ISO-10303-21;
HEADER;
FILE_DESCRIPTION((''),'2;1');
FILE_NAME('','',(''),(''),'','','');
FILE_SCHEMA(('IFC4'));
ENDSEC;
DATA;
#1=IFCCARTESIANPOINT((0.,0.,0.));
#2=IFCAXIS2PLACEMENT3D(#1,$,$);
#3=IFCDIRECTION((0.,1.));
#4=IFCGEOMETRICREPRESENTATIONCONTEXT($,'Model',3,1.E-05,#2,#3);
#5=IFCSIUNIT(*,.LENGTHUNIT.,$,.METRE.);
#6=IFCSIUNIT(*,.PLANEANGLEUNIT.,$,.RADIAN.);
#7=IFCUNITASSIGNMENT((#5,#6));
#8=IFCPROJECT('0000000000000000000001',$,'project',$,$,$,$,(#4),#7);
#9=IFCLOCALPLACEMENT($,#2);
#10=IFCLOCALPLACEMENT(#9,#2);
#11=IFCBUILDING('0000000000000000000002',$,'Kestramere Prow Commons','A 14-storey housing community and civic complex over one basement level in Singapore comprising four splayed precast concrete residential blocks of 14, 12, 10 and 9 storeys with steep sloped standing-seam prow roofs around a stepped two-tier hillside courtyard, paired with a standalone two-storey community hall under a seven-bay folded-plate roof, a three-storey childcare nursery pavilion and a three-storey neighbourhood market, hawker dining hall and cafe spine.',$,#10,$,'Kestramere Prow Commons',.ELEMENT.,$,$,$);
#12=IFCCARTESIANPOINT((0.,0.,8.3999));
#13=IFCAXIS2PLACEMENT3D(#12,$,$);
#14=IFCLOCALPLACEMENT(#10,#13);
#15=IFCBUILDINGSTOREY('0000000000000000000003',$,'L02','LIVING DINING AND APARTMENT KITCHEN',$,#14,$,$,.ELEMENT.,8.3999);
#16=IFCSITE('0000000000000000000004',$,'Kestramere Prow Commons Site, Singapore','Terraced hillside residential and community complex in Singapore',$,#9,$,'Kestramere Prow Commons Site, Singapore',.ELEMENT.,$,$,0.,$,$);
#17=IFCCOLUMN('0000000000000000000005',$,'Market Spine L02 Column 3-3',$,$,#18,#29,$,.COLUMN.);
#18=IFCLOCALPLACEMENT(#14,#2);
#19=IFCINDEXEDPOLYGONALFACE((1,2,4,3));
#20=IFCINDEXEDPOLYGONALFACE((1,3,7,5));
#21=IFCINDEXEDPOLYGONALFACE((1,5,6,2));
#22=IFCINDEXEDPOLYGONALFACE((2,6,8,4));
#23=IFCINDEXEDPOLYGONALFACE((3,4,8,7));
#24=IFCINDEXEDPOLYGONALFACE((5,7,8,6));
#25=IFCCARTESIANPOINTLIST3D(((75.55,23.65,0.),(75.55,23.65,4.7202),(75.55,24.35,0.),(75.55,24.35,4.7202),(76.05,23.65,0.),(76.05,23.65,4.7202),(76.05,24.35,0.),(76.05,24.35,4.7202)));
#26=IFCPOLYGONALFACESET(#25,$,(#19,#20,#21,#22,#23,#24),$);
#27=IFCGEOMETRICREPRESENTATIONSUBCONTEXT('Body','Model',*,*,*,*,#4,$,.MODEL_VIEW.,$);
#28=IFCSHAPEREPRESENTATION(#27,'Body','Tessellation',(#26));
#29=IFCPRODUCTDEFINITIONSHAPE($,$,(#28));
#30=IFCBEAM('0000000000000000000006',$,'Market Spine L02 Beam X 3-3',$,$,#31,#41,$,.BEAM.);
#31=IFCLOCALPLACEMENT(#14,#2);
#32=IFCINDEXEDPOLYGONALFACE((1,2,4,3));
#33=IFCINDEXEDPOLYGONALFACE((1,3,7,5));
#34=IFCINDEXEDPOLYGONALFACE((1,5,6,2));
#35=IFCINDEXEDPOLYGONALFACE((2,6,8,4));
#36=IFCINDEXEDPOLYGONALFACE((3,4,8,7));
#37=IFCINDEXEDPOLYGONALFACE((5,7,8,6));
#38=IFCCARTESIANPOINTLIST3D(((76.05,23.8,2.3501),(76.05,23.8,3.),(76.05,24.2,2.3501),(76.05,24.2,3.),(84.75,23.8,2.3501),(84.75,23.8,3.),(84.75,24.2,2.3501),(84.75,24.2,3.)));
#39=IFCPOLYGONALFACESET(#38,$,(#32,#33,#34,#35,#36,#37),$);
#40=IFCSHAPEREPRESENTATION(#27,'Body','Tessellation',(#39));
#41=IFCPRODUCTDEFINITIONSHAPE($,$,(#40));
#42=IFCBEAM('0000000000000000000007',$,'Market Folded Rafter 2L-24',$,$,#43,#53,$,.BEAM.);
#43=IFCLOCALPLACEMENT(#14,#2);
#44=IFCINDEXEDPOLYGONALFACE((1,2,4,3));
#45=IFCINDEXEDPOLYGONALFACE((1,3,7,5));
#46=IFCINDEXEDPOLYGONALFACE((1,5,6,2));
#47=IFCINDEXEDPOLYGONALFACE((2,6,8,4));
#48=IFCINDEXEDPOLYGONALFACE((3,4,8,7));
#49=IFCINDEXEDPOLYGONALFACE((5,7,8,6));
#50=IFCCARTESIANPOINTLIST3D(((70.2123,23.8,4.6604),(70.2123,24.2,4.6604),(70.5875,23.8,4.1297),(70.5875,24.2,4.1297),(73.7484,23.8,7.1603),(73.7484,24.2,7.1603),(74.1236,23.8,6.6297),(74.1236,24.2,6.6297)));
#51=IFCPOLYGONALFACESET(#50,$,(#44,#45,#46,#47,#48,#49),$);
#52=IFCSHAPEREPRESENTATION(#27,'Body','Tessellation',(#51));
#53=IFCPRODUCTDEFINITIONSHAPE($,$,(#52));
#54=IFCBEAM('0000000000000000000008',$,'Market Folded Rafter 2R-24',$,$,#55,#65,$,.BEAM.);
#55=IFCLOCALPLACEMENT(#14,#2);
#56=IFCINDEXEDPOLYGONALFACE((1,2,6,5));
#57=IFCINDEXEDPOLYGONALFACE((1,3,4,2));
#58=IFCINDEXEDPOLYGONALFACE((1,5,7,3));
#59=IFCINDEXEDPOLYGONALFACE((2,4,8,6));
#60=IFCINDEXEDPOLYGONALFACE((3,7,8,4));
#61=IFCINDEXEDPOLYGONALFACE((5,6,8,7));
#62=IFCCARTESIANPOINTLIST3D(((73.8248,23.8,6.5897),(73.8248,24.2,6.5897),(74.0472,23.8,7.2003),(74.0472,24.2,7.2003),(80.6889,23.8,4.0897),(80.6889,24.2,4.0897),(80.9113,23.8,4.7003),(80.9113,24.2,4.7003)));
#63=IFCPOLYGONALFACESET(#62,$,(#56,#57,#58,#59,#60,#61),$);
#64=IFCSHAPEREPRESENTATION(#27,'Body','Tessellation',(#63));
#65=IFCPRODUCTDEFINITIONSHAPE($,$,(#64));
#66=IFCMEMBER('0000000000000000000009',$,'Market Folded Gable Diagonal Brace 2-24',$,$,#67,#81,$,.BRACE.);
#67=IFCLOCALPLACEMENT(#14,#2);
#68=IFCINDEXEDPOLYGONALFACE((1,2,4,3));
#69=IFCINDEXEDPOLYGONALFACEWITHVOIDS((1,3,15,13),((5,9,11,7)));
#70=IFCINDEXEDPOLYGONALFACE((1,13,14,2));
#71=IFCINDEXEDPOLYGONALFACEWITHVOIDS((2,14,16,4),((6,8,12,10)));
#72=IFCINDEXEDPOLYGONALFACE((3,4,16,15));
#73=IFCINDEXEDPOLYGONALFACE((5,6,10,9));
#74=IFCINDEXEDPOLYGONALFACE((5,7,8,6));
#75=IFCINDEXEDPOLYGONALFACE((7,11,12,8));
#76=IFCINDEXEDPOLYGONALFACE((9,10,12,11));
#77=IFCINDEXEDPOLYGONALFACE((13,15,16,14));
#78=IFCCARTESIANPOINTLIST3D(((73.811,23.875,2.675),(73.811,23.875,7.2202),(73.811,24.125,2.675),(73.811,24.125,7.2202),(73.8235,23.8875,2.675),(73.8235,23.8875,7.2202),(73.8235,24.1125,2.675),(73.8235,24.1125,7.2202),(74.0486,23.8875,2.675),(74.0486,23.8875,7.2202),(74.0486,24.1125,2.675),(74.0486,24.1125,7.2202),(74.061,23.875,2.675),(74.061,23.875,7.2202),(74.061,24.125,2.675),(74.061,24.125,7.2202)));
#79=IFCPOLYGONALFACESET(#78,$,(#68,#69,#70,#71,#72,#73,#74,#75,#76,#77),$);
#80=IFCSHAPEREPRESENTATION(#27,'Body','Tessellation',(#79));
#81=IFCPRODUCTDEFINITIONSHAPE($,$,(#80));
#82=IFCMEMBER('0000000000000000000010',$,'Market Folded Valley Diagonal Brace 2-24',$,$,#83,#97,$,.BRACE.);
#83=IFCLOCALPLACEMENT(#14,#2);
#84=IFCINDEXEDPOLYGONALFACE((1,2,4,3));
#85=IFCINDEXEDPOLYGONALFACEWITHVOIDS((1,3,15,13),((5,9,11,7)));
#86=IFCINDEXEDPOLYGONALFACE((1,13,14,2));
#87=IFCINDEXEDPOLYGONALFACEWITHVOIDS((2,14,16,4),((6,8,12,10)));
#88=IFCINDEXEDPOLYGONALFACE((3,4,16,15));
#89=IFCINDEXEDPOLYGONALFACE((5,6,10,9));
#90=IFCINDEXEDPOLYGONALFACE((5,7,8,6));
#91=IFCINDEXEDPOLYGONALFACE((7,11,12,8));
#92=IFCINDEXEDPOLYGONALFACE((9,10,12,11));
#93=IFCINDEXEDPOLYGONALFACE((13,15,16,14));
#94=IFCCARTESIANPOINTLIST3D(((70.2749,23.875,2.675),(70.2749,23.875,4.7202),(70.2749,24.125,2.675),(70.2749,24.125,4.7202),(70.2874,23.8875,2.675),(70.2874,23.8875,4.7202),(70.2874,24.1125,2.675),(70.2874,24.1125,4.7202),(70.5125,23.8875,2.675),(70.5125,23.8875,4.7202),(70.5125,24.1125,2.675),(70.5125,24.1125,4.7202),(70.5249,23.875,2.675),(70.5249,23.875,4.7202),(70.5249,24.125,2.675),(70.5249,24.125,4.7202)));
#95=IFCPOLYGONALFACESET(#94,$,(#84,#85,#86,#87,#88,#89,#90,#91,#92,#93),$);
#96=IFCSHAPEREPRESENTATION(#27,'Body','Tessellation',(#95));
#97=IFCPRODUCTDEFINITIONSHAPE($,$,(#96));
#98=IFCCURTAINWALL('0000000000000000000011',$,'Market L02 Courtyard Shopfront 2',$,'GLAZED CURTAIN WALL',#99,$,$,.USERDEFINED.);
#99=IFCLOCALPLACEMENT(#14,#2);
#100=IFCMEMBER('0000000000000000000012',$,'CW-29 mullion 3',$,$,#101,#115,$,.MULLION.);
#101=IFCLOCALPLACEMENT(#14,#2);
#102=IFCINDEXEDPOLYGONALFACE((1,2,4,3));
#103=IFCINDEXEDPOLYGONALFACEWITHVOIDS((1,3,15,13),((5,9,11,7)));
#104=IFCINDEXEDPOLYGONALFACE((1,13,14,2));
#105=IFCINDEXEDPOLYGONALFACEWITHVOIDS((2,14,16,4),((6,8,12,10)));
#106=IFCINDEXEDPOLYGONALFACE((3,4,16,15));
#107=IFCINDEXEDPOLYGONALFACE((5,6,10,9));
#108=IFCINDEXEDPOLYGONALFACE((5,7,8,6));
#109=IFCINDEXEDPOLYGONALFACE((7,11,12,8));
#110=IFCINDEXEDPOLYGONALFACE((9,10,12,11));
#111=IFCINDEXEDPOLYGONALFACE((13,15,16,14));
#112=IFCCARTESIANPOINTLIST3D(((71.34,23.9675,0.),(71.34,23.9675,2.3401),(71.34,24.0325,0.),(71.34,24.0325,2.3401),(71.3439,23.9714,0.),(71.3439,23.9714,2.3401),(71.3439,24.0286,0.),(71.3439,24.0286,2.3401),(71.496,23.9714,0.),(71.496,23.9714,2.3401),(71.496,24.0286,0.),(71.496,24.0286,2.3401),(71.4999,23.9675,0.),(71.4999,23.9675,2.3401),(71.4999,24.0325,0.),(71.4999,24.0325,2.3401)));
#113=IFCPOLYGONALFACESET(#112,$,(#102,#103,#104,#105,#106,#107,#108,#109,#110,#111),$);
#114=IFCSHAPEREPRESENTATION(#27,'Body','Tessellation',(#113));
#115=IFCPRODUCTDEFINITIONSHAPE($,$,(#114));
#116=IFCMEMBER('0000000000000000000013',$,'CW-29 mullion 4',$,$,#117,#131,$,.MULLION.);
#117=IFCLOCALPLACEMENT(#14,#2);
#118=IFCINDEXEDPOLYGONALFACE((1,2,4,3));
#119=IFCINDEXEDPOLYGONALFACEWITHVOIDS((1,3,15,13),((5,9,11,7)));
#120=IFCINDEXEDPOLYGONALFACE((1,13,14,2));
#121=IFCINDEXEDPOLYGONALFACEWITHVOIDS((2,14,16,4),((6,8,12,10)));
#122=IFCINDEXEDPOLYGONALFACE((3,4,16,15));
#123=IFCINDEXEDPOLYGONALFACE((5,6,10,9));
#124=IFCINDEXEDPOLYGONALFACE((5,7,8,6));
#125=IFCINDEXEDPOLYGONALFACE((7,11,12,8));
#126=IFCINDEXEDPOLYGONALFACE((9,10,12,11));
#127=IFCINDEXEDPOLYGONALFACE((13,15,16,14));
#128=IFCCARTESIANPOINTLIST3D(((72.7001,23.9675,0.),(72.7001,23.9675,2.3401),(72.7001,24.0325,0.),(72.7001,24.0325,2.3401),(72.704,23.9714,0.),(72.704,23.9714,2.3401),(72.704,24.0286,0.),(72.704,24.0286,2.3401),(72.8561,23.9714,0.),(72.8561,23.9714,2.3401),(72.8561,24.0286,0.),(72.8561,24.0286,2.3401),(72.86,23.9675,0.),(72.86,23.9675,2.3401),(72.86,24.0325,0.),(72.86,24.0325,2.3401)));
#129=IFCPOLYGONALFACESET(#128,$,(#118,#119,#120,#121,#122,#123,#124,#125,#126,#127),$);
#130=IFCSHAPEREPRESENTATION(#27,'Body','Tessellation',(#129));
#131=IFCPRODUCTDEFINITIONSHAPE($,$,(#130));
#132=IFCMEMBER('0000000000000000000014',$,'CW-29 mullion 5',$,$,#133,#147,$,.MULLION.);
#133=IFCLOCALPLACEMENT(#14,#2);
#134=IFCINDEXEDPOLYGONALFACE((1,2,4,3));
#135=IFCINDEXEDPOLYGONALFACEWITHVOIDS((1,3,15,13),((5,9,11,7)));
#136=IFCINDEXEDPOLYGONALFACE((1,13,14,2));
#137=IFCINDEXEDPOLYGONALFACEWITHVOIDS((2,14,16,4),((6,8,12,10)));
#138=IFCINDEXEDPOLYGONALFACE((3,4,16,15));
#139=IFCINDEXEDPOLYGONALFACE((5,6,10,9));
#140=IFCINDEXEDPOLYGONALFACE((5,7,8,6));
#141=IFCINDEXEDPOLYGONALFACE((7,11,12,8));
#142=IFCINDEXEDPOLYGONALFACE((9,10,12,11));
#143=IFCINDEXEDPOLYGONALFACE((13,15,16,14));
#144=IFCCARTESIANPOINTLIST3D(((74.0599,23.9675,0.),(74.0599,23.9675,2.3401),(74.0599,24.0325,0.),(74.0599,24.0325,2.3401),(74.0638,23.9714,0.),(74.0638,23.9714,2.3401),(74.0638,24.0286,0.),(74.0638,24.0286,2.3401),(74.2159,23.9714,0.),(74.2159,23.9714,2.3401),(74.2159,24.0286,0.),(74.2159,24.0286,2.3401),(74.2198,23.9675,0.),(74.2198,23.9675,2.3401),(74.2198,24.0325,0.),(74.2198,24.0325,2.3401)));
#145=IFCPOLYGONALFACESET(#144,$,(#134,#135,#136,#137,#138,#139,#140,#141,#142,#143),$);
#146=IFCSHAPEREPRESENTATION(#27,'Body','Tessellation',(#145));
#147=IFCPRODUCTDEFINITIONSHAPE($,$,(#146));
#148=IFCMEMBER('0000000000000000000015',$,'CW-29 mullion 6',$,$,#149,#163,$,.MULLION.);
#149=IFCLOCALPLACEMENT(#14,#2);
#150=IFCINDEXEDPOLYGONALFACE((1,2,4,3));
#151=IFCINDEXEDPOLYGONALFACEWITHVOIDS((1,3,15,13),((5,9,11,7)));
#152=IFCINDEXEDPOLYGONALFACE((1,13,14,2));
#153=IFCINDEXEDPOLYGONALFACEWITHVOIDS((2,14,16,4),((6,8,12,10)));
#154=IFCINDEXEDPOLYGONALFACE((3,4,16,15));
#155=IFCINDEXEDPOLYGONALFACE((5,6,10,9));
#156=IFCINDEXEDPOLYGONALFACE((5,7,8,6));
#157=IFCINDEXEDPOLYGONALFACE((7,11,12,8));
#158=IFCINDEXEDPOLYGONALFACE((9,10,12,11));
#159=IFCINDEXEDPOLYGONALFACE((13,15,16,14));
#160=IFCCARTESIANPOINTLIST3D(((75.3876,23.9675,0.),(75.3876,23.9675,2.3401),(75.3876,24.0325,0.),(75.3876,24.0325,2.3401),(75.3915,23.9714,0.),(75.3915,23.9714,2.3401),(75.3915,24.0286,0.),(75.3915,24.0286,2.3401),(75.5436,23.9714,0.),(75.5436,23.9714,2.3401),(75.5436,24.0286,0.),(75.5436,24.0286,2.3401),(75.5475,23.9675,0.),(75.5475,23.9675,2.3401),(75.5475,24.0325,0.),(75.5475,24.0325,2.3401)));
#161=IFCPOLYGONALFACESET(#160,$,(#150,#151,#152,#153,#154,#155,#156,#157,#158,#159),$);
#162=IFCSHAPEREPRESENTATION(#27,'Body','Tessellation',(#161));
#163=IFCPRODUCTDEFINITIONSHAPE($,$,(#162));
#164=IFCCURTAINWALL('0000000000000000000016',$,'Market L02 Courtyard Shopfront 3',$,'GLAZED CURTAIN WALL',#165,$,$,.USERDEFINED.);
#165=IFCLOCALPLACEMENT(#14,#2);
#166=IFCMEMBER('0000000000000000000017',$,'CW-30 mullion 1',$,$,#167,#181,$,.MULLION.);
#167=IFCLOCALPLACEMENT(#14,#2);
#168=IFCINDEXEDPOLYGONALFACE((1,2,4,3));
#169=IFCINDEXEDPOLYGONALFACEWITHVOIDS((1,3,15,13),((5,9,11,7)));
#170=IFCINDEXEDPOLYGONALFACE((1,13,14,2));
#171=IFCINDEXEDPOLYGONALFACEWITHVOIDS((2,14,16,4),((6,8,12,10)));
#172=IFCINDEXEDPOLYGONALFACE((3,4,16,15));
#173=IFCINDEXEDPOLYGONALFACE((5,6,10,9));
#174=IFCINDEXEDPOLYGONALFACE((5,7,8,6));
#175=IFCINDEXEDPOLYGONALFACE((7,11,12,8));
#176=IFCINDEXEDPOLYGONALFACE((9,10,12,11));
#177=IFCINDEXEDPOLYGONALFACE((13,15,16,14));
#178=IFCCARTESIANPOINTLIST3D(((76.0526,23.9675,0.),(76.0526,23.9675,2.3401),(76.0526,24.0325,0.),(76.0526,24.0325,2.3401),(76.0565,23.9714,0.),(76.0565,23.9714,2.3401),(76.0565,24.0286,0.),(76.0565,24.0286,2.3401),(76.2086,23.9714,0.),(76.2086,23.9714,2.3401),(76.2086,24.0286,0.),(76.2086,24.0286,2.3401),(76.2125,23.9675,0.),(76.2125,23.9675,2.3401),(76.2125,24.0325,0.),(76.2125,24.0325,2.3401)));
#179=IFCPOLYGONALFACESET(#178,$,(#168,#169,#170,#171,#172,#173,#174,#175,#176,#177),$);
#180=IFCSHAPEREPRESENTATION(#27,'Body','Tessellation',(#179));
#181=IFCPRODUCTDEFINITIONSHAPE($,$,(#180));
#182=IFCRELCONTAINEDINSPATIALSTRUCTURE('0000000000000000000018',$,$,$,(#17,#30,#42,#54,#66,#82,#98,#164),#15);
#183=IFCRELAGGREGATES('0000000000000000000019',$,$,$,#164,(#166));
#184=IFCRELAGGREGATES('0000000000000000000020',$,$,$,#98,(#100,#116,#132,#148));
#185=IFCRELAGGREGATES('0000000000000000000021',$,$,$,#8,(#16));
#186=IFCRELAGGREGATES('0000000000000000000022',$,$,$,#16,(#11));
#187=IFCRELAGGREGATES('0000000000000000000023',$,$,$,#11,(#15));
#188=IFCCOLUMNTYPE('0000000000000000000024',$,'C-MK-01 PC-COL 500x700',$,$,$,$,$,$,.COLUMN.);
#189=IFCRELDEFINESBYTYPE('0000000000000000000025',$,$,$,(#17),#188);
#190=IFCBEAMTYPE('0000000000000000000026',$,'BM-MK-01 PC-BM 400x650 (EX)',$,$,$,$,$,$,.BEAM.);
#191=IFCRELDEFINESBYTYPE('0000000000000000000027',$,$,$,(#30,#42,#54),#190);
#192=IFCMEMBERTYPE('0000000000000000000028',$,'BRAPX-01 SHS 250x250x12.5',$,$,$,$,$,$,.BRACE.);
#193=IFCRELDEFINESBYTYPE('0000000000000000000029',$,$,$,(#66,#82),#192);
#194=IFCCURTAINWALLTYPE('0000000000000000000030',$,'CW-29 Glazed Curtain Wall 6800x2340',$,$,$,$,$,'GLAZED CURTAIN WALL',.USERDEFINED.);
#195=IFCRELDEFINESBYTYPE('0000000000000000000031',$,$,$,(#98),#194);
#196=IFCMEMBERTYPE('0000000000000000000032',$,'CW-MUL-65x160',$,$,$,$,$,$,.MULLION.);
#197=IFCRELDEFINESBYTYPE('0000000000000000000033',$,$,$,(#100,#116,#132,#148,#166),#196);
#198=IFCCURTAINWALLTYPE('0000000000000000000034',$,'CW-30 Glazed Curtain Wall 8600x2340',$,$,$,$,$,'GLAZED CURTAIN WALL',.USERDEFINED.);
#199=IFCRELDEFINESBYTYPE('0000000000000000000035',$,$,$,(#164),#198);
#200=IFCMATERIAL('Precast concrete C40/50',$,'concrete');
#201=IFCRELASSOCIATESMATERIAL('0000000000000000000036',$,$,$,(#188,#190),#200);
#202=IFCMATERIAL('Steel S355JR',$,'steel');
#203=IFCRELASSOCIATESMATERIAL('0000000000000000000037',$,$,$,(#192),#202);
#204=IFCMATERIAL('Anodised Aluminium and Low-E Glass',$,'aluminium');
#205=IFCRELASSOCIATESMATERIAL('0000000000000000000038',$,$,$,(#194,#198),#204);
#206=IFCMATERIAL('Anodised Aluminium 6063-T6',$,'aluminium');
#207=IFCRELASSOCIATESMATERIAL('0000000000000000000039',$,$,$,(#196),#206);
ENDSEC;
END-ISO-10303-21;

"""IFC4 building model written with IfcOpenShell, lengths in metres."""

from ifc_helpers import new_model, si_unit, direction, frame, origin, origin_2d, place, context, subcontext, project, spatial, rectangle, hollow_rectangle, extrude, material, material_profile, profile_set, type_object, element, aggregate, save


model = new_model("IFC4")

# Units and contexts
model_context = context("Model", 3, precision=1e-05, world=origin(), true_north=direction((0.0, 1.0)))
body_context = subcontext(model_context, "Body", "Model", "MODEL_VIEW")
ifc_project = project(units=[si_unit("LENGTHUNIT", "METRE"), si_unit("PLANEANGLEUNIT", "RADIAN")], contexts=[model_context])

# Site, building, storey
site_placement = place(None, origin())
site = spatial("IfcSite", under=ifc_project, at=site_placement, Name="Kestramere Prow Commons Site, Singapore", Description="Terraced hillside residential and community complex in Singapore", LongName="Kestramere Prow Commons Site, Singapore", CompositionType="ELEMENT", RefElevation=0.0)
building_placement = place(site_placement, origin())
building = spatial("IfcBuilding", under=site, at=building_placement, Name="Kestramere Prow Commons", Description="A 14-storey housing community and civic complex over one basement level in Singapore comprising four splayed precast concrete residential blocks of 14, 12, 10 and 9 storeys with steep sloped standing-seam prow roofs around a stepped two-tier hillside courtyard, paired with a standalone two-storey community hall under a seven-bay folded-plate roof, a three-storey childcare nursery pavilion and a three-storey neighbourhood market, hawker dining hall and cafe spine.", LongName="Kestramere Prow Commons", CompositionType="ELEMENT")
storey_placement = place(building_placement, frame((0.0, 0.0, 8.3999)))
storey = spatial("IfcBuildingStorey", under=building, at=storey_placement, Name="L02", Description="LIVING DINING AND APARTMENT KITCHEN", CompositionType="ELEMENT", Elevation=8.3999)

# Column
ifc_material_1 = material(Name="Precast concrete C40/50", Category="concrete")
ifc_material_profile_1 = material_profile(ifc_material_1, rectangle(XDim=0.5, YDim=0.7, at=origin_2d()), Name="PC-COL 500x700")
ifc_profile_set_1 = profile_set([ifc_material_profile_1], Name="Precast concrete C40/50")
column_type = type_object("IfcColumnType", Name="C-MK-01 PC-COL 500x700", PredefinedType="COLUMN", material=ifc_profile_set_1)
column_placement = place(storey_placement, frame((75.8, 24.0, 0.0), z_axis=(0.0, 0.0, 1.0), x_axis=(1.0, 0.0, 0.0)))
element("IfcColumn", 1, at=column_placement, inside=storey, type_object=column_type, Name="Market Spine L02 Column 3-3", PredefinedType="COLUMN", context=body_context, shape_type="SweptSolid", body=[
    extrude(rectangle(XDim=0.5, YDim=0.7, at=origin_2d()), origin(), (0.0, 0.0, 1.0), 4.7202),
])

# Beams
ifc_material_profile_2 = material_profile(ifc_material_1, rectangle(XDim=0.3999, YDim=0.6499, at=origin_2d()), Name="PC-BM 400x650")
ifc_profile_set_2 = profile_set([ifc_material_profile_2], Name="Precast concrete C40/50")
beam_type = type_object("IfcBeamType", Name="BM-MK-01 PC-BM 400x650 (EX)", PredefinedType="BEAM", material=ifc_profile_set_2)
beam_1_placement = place(storey_placement, frame((76.05, 24.0, 2.675), z_axis=(1.0, 0.0, 0.0), x_axis=(0.0, 1.0, 0.0)))
element("IfcBeam", 2, at=beam_1_placement, inside=storey, type_object=beam_type, Name="Market Spine L02 Beam X 3-3", PredefinedType="BEAM", context=body_context, shape_type="SweptSolid", body=[
    extrude(rectangle(XDim=0.3999, YDim=0.6499, at=origin_2d()), origin(), (0.0, 0.0, 1.0), 8.7),
])
beam_2_placement = place(storey_placement, frame((70.3999, 24.0, 4.395), z_axis=(0.816543, 0.0, 0.577285), x_axis=(0.0, 1.0, 0.0)))
element("IfcBeam", 3, at=beam_2_placement, inside=storey, type_object=beam_type, Name="Market Folded Rafter 2L-24", PredefinedType="BEAM", context=body_context, shape_type="SweptSolid", body=[
    extrude(rectangle(XDim=0.3999, YDim=0.6499, at=origin_2d()), origin(), (0.0, 0.0, 1.0), 4.3306),
])
beam_3_placement = place(storey_placement, frame((73.936, 24.0, 6.895), z_axis=(0.939618, 0.0, -0.342226), x_axis=(0.0, 1.0, 0.0)))
element("IfcBeam", 4, at=beam_3_placement, inside=storey, type_object=beam_type, Name="Market Folded Rafter 2R-24", PredefinedType="BEAM", context=body_context, shape_type="SweptSolid", body=[
    extrude(rectangle(XDim=0.3999, YDim=0.6499, at=origin_2d()), origin(), (0.0, 0.0, 1.0), 7.3052),
])

# Members
ifc_material_2 = material(Name="Steel S355JR", Category="steel")
ifc_material_profile_3 = material_profile(ifc_material_2, hollow_rectangle(XDim=0.25, YDim=0.25, WallThickness=0.0125, at=origin_2d()), Name="SHS 250x250x12.5")
ifc_profile_set_3 = profile_set([ifc_material_profile_3], Name="Steel S355JR")
member_type_1 = type_object("IfcMemberType", Name="BRAPX-01 SHS 250x250x12.5", PredefinedType="BRACE", material=ifc_profile_set_3)
member_1_placement = place(storey_placement, frame((73.936, 24.0, 2.675), z_axis=(0.0, 0.0, 1.0), x_axis=(1.0, 0.0, 0.0)))
element("IfcMember", 5, at=member_1_placement, inside=storey, type_object=member_type_1, Name="Market Folded Gable Diagonal Brace 2-24", PredefinedType="BRACE", context=body_context, shape_type="SweptSolid", body=[
    extrude(hollow_rectangle(XDim=0.25, YDim=0.25, WallThickness=0.0125, at=origin_2d()), origin(), (0.0, 0.0, 1.0), 4.5452),
])
member_2_placement = place(storey_placement, frame((70.3999, 24.0, 2.675), z_axis=(0.0, 0.0, 1.0), x_axis=(1.0, 0.0, 0.0)))
element("IfcMember", 6, at=member_2_placement, inside=storey, type_object=member_type_1, Name="Market Folded Valley Diagonal Brace 2-24", PredefinedType="BRACE", context=body_context, shape_type="SweptSolid", body=[
    extrude(hollow_rectangle(XDim=0.25, YDim=0.25, WallThickness=0.0125, at=origin_2d()), origin(), (0.0, 0.0, 1.0), 2.0452),
])

# Curtain wall, members
ifc_material_3 = material(Name="Anodised Aluminium and Low-E Glass", Category="aluminium")
curtain_wall_type_1 = type_object("IfcCurtainWallType", Name="CW-29 Glazed Curtain Wall 6800x2340", ElementType="GLAZED CURTAIN WALL", PredefinedType="USERDEFINED", material=ifc_material_3)
curtain_wall_1_placement = place(storey_placement, origin())
curtain_wall_1 = element("IfcCurtainWall", 7, at=curtain_wall_1_placement, inside=storey, type_object=curtain_wall_type_1, Name="Market L02 Courtyard Shopfront 2", ObjectType="GLAZED CURTAIN WALL", PredefinedType="USERDEFINED")
ifc_material_4 = material(Name="Anodised Aluminium 6063-T6", Category="aluminium")
ifc_material_profile_4 = material_profile(ifc_material_4, hollow_rectangle(XDim=0.0649, YDim=0.1599, WallThickness=0.0039, at=origin_2d()), Name="ALU-MUL 65x160")
ifc_profile_set_4 = profile_set([ifc_material_profile_4], Name="Anodised Aluminium 6063-T6")
member_type_2 = type_object("IfcMemberType", Name="CW-MUL-65x160", PredefinedType="MULLION", material=ifc_profile_set_4)
member_3_placement = place(storey_placement, frame((71.4199, 24.0, 0.0), z_axis=(0.0, 0.0, 1.0), x_axis=(0.0, 1.0, 0.0)))
member_3 = element("IfcMember", 8, at=member_3_placement, type_object=member_type_2, Name="CW-29 mullion 3", PredefinedType="MULLION", context=body_context, shape_type="SweptSolid", body=[
    extrude(hollow_rectangle(XDim=0.0649, YDim=0.1599, WallThickness=0.0039, at=origin_2d()), origin(), (0.0, 0.0, 1.0), 2.3401),
])
member_4_placement = place(storey_placement, frame((72.78, 24.0, 0.0), z_axis=(0.0, 0.0, 1.0), x_axis=(0.0, 1.0, 0.0)))
member_4 = element("IfcMember", 9, at=member_4_placement, type_object=member_type_2, Name="CW-29 mullion 4", PredefinedType="MULLION", context=body_context, shape_type="SweptSolid", body=[
    extrude(hollow_rectangle(XDim=0.0649, YDim=0.1599, WallThickness=0.0039, at=origin_2d()), origin(), (0.0, 0.0, 1.0), 2.3401),
])
member_5_placement = place(storey_placement, frame((74.1399, 24.0, 0.0), z_axis=(0.0, 0.0, 1.0), x_axis=(0.0, 1.0, 0.0)))
member_5 = element("IfcMember", 10, at=member_5_placement, type_object=member_type_2, Name="CW-29 mullion 5", PredefinedType="MULLION", context=body_context, shape_type="SweptSolid", body=[
    extrude(hollow_rectangle(XDim=0.0649, YDim=0.1599, WallThickness=0.0039, at=origin_2d()), origin(), (0.0, 0.0, 1.0), 2.3401),
])
member_6_placement = place(storey_placement, frame((75.4675, 24.0, 0.0), z_axis=(0.0, 0.0, 1.0), x_axis=(0.0, 1.0, 0.0)))
member_6 = element("IfcMember", 11, at=member_6_placement, type_object=member_type_2, Name="CW-29 mullion 6", PredefinedType="MULLION", context=body_context, shape_type="SweptSolid", body=[
    extrude(hollow_rectangle(XDim=0.0649, YDim=0.1599, WallThickness=0.0039, at=origin_2d()), origin(), (0.0, 0.0, 1.0), 2.3401),
])

# Curtain wall, member
curtain_wall_type_2 = type_object("IfcCurtainWallType", Name="CW-30 Glazed Curtain Wall 8600x2340", ElementType="GLAZED CURTAIN WALL", PredefinedType="USERDEFINED", material=ifc_material_3)
curtain_wall_2_placement = place(storey_placement, origin())
curtain_wall_2 = element("IfcCurtainWall", 12, at=curtain_wall_2_placement, inside=storey, type_object=curtain_wall_type_2, Name="Market L02 Courtyard Shopfront 3", ObjectType="GLAZED CURTAIN WALL", PredefinedType="USERDEFINED")
member_7_placement = place(storey_placement, frame((76.1326, 24.0, 0.0), z_axis=(0.0, 0.0, 1.0), x_axis=(0.0, 1.0, 0.0)))
member_7 = element("IfcMember", 13, at=member_7_placement, type_object=member_type_2, Name="CW-30 mullion 1", PredefinedType="MULLION", context=body_context, shape_type="SweptSolid", body=[
    extrude(hollow_rectangle(XDim=0.0649, YDim=0.1599, WallThickness=0.0039, at=origin_2d()), origin(), (0.0, 0.0, 1.0), 2.3401),
])

aggregate(curtain_wall_2, [member_7])

aggregate(curtain_wall_1, [member_3, member_4, member_5, member_6])

save(model, "model.ifc")
